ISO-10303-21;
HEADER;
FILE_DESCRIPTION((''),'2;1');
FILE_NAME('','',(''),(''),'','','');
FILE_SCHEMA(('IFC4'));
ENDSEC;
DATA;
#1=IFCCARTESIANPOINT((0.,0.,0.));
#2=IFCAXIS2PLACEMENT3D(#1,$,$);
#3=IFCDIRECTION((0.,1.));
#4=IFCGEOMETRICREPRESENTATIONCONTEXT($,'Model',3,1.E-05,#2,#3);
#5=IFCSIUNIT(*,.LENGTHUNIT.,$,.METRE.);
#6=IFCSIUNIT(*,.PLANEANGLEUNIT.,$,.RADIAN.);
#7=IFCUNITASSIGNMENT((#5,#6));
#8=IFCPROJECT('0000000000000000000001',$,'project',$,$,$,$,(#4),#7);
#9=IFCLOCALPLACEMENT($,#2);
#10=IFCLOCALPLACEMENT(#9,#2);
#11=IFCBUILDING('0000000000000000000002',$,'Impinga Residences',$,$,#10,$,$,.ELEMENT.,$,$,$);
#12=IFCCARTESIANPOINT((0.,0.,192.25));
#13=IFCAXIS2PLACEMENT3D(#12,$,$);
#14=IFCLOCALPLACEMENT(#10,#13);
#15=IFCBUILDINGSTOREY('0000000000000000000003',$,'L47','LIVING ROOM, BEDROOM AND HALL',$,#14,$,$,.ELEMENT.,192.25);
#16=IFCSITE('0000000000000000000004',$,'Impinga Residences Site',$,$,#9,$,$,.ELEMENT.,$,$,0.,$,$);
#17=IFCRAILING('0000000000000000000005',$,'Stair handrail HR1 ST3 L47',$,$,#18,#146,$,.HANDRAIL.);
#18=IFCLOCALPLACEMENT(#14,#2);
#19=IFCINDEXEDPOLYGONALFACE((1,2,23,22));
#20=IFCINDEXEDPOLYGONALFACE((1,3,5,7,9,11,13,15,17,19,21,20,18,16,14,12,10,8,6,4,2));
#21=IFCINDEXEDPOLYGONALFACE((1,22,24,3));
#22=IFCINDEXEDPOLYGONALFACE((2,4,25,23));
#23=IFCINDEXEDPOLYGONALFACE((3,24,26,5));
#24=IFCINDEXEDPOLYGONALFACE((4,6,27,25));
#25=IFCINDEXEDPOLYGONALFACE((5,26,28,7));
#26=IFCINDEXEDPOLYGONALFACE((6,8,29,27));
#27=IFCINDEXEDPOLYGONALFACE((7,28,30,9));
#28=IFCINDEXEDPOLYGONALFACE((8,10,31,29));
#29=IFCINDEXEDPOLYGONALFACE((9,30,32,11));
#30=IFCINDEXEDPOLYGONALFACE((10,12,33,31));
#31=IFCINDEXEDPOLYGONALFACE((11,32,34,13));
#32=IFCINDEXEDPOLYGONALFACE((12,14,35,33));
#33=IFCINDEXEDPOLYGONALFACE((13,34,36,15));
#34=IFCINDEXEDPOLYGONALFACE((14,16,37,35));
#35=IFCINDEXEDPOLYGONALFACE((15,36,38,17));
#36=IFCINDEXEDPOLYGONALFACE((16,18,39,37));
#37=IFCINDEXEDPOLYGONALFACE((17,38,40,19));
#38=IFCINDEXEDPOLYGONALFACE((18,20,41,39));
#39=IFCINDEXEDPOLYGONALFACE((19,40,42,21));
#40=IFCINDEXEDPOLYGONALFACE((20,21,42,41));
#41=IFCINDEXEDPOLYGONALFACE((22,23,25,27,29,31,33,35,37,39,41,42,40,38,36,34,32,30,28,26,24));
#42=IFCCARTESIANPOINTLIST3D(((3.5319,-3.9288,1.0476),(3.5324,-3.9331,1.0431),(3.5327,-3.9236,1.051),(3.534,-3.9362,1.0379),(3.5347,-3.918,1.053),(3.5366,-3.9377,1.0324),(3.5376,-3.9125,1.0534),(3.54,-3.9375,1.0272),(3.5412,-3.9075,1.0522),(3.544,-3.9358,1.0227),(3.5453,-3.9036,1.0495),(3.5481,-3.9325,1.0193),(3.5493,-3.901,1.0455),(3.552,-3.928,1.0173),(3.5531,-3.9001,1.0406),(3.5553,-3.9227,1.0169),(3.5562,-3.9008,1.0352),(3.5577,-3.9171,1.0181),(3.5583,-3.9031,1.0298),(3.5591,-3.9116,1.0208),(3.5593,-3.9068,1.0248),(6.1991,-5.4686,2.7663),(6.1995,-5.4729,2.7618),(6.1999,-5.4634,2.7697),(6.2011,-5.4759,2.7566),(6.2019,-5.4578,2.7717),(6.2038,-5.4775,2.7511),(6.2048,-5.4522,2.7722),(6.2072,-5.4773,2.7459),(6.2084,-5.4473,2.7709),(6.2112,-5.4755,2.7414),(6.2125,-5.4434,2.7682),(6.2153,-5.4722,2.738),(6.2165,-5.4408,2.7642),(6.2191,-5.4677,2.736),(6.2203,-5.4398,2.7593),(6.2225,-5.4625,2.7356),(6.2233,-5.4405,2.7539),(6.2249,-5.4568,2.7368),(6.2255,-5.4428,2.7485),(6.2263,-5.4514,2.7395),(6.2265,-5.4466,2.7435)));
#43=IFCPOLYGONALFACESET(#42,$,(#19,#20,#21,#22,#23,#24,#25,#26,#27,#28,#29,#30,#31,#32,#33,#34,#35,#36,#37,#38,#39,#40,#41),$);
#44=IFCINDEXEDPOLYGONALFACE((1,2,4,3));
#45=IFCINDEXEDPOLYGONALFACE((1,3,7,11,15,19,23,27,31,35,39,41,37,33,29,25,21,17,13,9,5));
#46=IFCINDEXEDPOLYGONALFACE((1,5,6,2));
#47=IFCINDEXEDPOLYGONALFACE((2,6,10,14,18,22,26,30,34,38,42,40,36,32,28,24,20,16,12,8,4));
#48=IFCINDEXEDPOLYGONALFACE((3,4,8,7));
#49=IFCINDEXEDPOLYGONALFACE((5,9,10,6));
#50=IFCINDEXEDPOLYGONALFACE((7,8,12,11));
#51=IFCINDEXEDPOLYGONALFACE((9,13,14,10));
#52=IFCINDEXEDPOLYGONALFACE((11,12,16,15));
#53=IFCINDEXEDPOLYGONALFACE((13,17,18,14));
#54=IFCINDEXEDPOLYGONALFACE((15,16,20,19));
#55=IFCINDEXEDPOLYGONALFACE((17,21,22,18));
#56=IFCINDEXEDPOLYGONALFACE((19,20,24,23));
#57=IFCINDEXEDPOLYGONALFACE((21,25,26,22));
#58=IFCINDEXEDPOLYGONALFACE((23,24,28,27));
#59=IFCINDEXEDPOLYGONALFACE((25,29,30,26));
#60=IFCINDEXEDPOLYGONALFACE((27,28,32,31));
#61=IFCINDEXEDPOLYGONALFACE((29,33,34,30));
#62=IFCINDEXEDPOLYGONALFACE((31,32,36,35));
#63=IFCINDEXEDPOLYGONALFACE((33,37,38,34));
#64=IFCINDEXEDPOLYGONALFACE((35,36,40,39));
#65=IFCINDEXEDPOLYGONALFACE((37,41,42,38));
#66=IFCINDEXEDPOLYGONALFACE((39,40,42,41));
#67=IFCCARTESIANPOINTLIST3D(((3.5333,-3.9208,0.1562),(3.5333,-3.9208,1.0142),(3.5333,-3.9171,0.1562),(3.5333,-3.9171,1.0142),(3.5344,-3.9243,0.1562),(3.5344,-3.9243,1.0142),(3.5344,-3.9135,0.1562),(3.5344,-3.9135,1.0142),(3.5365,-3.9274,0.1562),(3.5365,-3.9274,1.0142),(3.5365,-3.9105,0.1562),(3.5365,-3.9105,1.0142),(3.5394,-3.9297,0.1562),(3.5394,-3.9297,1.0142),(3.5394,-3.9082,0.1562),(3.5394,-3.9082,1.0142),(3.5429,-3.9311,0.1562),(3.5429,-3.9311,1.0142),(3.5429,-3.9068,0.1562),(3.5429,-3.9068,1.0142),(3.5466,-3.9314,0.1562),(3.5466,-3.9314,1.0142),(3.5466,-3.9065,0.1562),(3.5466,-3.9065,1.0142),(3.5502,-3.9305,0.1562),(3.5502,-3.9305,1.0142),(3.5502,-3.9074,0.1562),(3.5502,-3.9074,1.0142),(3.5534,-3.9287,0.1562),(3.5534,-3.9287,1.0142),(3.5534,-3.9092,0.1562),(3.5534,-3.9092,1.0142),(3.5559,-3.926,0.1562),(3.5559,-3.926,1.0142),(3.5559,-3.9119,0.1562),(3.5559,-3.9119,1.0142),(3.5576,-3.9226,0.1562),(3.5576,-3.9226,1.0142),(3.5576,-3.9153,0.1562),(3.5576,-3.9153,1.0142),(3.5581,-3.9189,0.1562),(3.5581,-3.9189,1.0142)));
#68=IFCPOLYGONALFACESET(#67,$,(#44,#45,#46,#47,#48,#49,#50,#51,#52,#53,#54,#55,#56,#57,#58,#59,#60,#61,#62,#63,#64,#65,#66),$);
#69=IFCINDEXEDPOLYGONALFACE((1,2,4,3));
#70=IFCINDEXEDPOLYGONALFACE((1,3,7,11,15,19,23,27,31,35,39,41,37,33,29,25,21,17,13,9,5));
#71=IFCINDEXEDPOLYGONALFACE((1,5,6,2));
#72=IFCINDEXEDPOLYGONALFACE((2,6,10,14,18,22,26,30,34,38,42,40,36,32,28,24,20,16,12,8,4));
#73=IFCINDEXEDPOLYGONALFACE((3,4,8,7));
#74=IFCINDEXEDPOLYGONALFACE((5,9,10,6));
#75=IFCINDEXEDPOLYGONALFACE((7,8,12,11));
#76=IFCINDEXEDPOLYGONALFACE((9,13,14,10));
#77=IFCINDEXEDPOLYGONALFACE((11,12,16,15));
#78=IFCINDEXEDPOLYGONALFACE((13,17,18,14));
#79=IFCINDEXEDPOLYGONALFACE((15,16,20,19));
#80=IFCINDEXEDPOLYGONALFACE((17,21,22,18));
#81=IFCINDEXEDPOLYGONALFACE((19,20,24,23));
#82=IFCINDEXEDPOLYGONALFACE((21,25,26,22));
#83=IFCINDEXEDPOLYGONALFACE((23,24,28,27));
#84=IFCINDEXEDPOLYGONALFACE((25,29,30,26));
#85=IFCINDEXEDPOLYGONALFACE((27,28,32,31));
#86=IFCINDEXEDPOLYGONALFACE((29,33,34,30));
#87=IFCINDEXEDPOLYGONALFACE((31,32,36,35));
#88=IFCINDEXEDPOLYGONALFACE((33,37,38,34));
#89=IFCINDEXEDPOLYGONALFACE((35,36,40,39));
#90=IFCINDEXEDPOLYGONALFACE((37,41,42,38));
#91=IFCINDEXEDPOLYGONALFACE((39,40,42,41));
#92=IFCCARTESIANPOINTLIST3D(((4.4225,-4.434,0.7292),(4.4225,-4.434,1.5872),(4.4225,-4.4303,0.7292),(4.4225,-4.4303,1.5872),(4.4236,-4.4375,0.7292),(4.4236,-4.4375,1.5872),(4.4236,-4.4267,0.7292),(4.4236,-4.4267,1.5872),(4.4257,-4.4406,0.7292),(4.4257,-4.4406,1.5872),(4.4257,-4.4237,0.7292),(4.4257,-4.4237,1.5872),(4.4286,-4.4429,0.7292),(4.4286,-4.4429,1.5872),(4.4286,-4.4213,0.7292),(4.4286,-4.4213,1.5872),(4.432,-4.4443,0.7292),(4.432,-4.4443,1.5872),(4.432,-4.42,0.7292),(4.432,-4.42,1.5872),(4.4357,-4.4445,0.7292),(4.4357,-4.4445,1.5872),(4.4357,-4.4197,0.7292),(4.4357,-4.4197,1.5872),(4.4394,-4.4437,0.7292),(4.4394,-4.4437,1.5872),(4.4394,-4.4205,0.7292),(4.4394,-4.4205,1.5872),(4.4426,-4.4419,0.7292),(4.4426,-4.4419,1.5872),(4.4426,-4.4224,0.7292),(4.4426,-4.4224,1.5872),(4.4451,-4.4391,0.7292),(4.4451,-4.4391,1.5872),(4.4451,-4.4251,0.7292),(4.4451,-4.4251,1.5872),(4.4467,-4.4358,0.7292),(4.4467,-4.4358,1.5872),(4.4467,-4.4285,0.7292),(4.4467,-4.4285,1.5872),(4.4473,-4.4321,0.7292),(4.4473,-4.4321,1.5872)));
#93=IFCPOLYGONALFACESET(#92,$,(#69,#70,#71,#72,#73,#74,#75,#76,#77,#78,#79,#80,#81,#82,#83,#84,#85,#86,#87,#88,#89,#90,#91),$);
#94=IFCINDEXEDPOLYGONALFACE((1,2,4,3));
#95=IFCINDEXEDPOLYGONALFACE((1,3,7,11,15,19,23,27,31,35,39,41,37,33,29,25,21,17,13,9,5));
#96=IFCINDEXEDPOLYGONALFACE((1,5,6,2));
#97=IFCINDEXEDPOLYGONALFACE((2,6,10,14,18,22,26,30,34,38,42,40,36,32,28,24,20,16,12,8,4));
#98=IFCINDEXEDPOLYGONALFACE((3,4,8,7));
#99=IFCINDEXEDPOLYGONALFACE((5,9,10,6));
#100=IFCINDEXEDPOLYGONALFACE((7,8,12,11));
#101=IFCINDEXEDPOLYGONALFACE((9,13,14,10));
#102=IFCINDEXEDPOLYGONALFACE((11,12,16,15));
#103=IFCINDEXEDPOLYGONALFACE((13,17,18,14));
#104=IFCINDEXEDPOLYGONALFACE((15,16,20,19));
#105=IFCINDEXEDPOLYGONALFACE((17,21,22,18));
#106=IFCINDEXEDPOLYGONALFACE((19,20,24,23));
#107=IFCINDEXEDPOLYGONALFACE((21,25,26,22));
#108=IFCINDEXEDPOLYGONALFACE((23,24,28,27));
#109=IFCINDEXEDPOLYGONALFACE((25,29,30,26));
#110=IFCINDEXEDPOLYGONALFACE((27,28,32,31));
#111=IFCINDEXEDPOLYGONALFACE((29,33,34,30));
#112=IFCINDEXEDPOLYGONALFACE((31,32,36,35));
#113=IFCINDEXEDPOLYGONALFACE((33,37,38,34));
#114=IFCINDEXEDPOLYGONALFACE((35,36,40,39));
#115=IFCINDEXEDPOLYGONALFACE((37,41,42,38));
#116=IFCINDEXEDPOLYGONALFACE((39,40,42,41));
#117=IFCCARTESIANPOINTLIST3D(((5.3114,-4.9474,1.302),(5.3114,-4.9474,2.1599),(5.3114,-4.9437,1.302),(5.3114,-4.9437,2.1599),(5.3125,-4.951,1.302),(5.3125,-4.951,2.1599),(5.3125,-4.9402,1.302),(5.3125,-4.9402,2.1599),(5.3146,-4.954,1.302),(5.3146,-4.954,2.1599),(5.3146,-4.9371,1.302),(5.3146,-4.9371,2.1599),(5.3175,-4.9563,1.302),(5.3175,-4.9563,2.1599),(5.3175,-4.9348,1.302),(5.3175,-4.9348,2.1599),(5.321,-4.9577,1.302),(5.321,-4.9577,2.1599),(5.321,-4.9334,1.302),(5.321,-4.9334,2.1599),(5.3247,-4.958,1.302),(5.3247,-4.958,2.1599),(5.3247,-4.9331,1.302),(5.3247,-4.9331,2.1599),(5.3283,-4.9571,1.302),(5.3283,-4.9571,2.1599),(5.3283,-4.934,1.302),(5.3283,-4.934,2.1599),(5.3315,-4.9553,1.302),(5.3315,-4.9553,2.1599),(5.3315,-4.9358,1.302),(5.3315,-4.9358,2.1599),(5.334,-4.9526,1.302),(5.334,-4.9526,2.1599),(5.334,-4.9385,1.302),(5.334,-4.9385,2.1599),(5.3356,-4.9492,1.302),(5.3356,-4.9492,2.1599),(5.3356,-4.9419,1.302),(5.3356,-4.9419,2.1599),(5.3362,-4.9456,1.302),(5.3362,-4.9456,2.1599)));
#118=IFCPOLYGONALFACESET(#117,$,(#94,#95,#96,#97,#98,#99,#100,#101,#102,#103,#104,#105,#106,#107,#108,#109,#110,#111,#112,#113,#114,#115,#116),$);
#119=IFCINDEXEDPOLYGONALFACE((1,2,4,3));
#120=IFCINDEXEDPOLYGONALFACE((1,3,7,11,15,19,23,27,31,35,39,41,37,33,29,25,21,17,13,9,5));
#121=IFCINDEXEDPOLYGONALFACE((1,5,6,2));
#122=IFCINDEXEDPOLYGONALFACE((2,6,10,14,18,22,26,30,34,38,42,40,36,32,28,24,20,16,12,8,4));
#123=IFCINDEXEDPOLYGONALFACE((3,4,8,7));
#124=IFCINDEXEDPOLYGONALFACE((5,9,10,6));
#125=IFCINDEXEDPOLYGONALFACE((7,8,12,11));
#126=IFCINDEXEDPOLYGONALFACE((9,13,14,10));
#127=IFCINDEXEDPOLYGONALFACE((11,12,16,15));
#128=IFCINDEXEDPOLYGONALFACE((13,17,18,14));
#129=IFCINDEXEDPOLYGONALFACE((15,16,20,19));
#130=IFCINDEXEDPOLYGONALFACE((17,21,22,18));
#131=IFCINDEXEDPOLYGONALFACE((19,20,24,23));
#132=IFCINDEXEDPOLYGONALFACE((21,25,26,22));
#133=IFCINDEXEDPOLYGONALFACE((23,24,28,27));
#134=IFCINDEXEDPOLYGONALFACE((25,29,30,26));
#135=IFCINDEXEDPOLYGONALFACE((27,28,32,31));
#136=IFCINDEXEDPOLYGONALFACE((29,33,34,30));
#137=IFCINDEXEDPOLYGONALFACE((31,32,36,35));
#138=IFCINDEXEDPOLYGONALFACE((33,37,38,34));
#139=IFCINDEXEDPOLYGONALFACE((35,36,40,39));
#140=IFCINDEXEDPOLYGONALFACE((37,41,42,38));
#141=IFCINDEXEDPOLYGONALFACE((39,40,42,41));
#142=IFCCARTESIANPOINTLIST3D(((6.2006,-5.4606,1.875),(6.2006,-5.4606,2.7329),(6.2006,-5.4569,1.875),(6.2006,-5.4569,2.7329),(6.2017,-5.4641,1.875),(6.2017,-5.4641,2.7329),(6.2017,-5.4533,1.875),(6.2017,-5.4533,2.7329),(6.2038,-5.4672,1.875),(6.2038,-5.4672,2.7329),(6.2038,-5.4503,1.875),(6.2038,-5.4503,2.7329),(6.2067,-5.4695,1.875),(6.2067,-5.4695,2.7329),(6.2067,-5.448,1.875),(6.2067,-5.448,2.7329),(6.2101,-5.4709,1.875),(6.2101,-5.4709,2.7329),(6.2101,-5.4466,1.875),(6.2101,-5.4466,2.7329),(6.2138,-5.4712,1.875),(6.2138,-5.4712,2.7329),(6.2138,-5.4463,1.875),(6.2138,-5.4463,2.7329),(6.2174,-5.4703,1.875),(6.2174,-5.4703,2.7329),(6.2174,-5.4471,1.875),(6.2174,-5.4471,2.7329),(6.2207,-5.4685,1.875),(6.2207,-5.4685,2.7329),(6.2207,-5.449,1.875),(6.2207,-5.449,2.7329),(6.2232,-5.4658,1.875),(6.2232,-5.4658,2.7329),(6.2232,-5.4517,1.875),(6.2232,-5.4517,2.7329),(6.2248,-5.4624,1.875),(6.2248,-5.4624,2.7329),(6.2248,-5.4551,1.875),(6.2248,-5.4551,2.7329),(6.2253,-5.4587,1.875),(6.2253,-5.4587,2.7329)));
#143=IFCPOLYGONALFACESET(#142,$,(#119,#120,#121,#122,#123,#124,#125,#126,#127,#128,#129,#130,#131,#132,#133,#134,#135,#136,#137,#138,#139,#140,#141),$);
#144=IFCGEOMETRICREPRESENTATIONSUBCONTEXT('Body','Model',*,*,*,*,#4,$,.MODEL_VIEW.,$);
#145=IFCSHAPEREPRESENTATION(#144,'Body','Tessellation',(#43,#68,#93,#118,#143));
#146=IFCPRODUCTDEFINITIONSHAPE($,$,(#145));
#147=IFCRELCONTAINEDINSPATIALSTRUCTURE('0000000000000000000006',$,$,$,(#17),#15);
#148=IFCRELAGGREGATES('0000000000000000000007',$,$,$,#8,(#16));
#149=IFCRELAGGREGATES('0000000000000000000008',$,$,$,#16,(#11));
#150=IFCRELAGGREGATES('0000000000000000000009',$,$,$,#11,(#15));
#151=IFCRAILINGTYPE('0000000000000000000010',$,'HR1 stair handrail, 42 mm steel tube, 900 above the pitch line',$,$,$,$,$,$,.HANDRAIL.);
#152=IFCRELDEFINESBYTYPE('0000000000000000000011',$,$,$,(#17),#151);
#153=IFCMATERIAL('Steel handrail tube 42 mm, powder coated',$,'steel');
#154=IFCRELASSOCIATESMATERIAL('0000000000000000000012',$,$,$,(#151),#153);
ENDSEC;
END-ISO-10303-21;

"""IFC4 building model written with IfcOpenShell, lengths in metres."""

from ifc_helpers import new_model, si_unit, direction, frame, origin, origin_2d, place, context, subcontext, project, spatial, circle, extrude, material, type_object, element, save


model = new_model("IFC4")

# Units and contexts
model_context = context("Model", 3, precision=1e-05, world=origin(), true_north=direction((0.0, 1.0)))
body_context = subcontext(model_context, "Body", "Model", "MODEL_VIEW")
ifc_project = project(units=[si_unit("LENGTHUNIT", "METRE"), si_unit("PLANEANGLEUNIT", "RADIAN")], contexts=[model_context])

# Site, building, storey
site_placement = place(None, origin())
site = spatial("IfcSite", under=ifc_project, at=site_placement, Name="Impinga Residences Site", CompositionType="ELEMENT", RefElevation=0.0)
building_placement = place(site_placement, origin())
building = spatial("IfcBuilding", under=site, at=building_placement, Name="Impinga Residences", CompositionType="ELEMENT")
storey_placement = place(building_placement, frame((0.0, 0.0, 192.25)))
storey = spatial("IfcBuildingStorey", under=building, at=storey_placement, Name="L47", Description="LIVING ROOM, BEDROOM AND HALL", CompositionType="ELEMENT", Elevation=192.25)

# Railing
ifc_material_1 = material(Name="Steel handrail tube 42 mm, powder coated", Category="steel")
railing_type_1 = type_object("IfcRailingType", Name="HR1 stair handrail, 42 mm steel tube, 900 above the pitch line", PredefinedType="HANDRAIL", material=ifc_material_1)
railing_1_placement = place(storey_placement, frame((3.5457, -3.9189, 0.1562)))
element("IfcRailing", 1, at=railing_1_placement, inside=storey, type_object=railing_type_1, Name="Stair handrail HR1 ST3 L47", PredefinedType="HANDRAIL", context=body_context, shape_type="SweptSolid", body=[
    extrude(circle(Radius=0.021, at=origin_2d()), frame((0.0, 0.0, 0.8789), z_axis=(0.756249, -0.436582, 0.487322), x_axis=(0.499967, 0.866044, 0.0)), (0.0, 0.0, 1.0), 3.5269),
    extrude(circle(Radius=0.0125, at=origin_2d()), origin(), (0.0, 0.0, 1.0), 0.8579),
    extrude(circle(Radius=0.0125, at=origin_2d()), frame((0.8892, -0.5132, 0.573)), (0.0, 0.0, 1.0), 0.8579),
    extrude(circle(Radius=0.0125, at=origin_2d()), frame((1.7781, -1.0266, 1.1458)), (0.0, 0.0, 1.0), 0.8579),
    extrude(circle(Radius=0.0125, at=origin_2d()), frame((2.6672, -1.5398, 1.7188)), (0.0, 0.0, 1.0), 0.8579),
])

save(model, "model.ifc")
